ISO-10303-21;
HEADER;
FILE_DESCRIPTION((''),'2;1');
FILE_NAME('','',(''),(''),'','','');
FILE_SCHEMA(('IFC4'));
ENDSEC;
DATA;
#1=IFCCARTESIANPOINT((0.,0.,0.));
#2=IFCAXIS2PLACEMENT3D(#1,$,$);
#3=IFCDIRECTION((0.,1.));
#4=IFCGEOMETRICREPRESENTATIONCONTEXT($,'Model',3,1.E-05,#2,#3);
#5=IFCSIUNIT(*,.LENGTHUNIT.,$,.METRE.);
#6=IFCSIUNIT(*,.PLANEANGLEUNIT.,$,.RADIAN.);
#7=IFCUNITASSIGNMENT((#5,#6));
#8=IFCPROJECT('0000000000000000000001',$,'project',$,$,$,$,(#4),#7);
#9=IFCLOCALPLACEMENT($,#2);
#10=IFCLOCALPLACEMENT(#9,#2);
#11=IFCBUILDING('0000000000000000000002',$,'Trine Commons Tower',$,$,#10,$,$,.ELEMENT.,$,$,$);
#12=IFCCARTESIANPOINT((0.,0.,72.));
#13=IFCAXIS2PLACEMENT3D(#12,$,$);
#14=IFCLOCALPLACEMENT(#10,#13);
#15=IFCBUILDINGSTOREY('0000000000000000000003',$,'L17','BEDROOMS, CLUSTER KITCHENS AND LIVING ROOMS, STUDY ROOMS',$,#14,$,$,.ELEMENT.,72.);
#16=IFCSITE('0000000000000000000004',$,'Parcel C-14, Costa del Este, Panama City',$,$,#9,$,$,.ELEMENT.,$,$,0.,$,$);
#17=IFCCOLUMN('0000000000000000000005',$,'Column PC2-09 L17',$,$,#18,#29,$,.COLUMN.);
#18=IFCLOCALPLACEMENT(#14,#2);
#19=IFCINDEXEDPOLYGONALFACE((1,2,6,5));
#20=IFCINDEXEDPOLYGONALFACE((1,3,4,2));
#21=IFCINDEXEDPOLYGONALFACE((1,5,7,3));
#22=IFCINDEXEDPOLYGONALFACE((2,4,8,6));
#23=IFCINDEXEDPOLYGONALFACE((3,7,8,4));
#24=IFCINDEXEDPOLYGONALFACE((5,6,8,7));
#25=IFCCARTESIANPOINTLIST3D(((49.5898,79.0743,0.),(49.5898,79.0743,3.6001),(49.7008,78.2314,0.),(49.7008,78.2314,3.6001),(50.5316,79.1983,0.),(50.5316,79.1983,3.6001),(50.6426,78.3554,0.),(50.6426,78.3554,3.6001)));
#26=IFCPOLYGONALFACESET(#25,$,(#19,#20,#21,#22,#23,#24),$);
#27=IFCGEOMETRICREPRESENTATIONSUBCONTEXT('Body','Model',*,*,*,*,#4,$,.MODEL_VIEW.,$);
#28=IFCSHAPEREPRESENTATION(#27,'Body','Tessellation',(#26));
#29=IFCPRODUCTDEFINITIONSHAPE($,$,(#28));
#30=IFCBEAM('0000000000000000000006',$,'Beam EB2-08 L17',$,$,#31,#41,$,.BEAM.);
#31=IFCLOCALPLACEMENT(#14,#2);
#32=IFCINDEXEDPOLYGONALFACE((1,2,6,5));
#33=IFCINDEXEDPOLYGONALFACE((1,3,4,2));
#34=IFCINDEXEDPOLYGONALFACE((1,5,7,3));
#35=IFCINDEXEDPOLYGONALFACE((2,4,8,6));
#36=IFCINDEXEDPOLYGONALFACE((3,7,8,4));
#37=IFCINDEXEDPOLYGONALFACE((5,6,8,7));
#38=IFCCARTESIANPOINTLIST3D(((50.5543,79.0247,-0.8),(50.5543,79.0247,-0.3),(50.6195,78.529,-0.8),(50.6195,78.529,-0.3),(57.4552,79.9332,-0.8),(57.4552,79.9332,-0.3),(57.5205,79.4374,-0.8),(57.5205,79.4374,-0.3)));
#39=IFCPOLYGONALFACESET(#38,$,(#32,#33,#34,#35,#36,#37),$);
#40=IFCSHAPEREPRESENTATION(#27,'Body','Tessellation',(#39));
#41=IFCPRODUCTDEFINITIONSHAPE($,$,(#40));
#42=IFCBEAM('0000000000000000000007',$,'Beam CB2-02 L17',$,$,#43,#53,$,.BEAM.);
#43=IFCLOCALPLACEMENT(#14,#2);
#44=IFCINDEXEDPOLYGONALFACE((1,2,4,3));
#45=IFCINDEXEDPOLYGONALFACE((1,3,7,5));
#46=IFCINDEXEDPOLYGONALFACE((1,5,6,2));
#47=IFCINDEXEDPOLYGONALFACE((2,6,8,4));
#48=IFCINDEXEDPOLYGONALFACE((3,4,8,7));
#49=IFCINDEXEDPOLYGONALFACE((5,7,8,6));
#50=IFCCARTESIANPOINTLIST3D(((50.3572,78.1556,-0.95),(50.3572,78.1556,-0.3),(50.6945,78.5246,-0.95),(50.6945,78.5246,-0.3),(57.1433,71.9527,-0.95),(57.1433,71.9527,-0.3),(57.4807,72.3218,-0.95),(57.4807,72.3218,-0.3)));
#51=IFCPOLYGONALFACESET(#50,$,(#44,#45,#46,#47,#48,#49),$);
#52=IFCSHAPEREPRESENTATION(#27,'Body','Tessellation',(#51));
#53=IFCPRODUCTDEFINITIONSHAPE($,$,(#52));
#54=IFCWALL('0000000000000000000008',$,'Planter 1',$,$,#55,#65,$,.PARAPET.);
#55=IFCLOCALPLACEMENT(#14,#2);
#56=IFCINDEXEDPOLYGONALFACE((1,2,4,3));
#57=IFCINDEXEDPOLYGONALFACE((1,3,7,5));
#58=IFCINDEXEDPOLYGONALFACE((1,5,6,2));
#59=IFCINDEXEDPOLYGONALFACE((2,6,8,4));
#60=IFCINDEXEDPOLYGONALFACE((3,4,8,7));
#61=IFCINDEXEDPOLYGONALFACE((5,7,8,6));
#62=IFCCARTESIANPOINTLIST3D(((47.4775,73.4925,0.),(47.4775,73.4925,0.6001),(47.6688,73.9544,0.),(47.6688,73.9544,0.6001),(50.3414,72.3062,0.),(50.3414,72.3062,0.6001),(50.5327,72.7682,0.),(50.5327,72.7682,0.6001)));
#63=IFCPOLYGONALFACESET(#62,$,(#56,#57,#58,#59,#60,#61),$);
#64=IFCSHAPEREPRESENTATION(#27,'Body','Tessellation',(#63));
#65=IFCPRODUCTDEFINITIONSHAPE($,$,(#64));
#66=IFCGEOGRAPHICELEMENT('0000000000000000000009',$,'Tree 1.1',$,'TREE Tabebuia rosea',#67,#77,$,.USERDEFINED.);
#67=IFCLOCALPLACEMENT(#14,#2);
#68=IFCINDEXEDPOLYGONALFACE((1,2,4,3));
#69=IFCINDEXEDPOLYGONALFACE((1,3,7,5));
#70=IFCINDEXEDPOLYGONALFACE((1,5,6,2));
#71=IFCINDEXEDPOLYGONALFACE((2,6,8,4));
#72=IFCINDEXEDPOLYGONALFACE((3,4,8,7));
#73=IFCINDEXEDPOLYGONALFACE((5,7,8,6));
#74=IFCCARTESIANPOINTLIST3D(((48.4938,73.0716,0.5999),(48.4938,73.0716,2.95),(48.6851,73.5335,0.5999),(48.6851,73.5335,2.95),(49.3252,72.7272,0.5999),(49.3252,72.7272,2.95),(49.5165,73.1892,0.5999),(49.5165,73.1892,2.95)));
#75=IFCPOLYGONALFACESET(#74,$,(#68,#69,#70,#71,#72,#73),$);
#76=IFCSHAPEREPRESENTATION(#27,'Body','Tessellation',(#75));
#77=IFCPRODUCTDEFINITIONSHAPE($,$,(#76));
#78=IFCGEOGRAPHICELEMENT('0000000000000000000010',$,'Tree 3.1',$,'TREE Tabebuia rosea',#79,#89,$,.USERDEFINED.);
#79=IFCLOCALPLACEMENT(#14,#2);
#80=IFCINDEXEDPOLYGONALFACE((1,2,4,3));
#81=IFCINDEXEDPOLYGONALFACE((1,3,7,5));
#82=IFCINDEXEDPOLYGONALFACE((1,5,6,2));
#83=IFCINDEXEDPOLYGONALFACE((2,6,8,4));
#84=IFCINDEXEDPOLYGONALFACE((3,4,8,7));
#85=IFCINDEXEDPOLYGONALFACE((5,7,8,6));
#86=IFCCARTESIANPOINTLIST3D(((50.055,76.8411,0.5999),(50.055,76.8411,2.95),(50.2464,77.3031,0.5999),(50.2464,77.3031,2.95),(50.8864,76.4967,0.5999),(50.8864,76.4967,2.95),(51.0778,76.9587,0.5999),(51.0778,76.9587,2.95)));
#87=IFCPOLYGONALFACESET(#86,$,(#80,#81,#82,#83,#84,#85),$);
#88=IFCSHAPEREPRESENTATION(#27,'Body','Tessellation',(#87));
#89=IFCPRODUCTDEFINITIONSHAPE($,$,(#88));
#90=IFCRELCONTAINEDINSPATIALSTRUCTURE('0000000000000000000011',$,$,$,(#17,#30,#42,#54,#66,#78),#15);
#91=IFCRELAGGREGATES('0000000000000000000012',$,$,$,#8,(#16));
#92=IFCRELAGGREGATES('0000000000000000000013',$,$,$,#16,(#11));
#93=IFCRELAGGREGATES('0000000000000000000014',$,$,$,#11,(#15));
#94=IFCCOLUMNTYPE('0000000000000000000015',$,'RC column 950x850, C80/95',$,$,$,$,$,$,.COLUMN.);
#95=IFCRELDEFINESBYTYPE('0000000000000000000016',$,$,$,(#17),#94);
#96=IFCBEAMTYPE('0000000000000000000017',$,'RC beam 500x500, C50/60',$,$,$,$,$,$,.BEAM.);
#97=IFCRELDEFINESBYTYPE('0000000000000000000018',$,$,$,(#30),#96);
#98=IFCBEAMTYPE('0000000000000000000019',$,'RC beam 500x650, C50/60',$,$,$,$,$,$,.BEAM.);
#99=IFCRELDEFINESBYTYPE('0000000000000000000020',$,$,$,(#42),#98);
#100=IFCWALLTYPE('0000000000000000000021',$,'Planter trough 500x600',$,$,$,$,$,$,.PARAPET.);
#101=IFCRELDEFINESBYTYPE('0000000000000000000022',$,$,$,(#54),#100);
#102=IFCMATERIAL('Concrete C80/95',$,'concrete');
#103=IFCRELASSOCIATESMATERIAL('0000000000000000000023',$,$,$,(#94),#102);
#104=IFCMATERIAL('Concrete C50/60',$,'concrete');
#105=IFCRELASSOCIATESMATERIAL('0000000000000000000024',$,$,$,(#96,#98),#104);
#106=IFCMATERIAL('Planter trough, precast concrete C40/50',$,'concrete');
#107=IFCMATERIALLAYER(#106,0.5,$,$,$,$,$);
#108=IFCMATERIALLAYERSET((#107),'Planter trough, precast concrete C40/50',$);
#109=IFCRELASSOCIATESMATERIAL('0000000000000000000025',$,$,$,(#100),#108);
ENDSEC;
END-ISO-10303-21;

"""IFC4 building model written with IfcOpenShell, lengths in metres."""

from ifc_helpers import new_model, si_unit, direction, frame, frame_2d, origin, origin_2d, place, context, subcontext, project, spatial, rectangle, extrude, material, layer, layer_set, material_profile, profile_set, type_object, element, save


model = new_model("IFC4")

# Units and contexts
model_context = context("Model", 3, precision=1e-05, world=origin(), true_north=direction((0.0, 1.0)))
body_context = subcontext(model_context, "Body", "Model", "MODEL_VIEW")
ifc_project = project(units=[si_unit("LENGTHUNIT", "METRE"), si_unit("PLANEANGLEUNIT", "RADIAN")], contexts=[model_context])

# Site, building, storey
site_placement = place(None, origin())
site = spatial("IfcSite", under=ifc_project, at=site_placement, Name="Parcel C-14, Costa del Este, Panama City", CompositionType="ELEMENT", RefElevation=0.0)
building_placement = place(site_placement, origin())
building = spatial("IfcBuilding", under=site, at=building_placement, Name="Trine Commons Tower", CompositionType="ELEMENT")
storey_placement = place(building_placement, frame((0.0, 0.0, 72.0)))
storey = spatial("IfcBuildingStorey", under=building, at=storey_placement, Name="L17", Description="BEDROOMS, CLUSTER KITCHENS AND LIVING ROOMS, STUDY ROOMS", CompositionType="ELEMENT", Elevation=72.0)

# Column
ifc_material_1 = material(Name="Concrete C80/95", Category="concrete")
ifc_material_profile_1 = material_profile(ifc_material_1, rectangle(XDim=0.95, YDim=0.8501, at=origin_2d()), Name="RC 950x850")
ifc_profile_set_1 = profile_set([ifc_material_profile_1], Name="Concrete C80/95")
column_type = type_object("IfcColumnType", Name="RC column 950x850, C80/95", PredefinedType="COLUMN", material=ifc_profile_set_1)
column_placement = place(storey_placement, frame((50.1162, 78.7148, 0.0), z_axis=(0.0, 0.0, 1.0), x_axis=(0.991445, 0.130526, 0.0)))
element("IfcColumn", 1, at=column_placement, inside=storey, type_object=column_type, Name="Column PC2-09 L17", PredefinedType="COLUMN", context=body_context, shape_type="SweptSolid", body=[
    extrude(rectangle(XDim=0.95, YDim=0.8501, at=origin_2d()), origin(), (0.0, 0.0, 1.0), 3.6001),
])

# Beams
ifc_material_2 = material(Name="Concrete C50/60", Category="concrete")
ifc_material_profile_2 = material_profile(ifc_material_2, rectangle(XDim=0.5, YDim=0.5, at=origin_2d()), Name="RC 500x500")
ifc_profile_set_2 = profile_set([ifc_material_profile_2], Name="Concrete C50/60")
beam_type_1 = type_object("IfcBeamType", Name="RC beam 500x500, C50/60", PredefinedType="BEAM", material=ifc_profile_set_2)
beam_1_placement = place(storey_placement, frame((50.5869, 78.7769, -0.55), z_axis=(0.991446, 0.130516, 0.0), x_axis=(-0.130516, 0.991446, 0.0)))
element("IfcBeam", 2, at=beam_1_placement, inside=storey, type_object=beam_type_1, Name="Beam EB2-08 L17", PredefinedType="BEAM", context=body_context, shape_type="SweptSolid", body=[
    extrude(rectangle(XDim=0.5, YDim=0.5, at=origin_2d()), origin(), (0.0, 0.0, 1.0), 6.9604),
])
ifc_material_profile_3 = material_profile(ifc_material_2, rectangle(XDim=0.5, YDim=0.6499, at=origin_2d()), Name="RC 500x650")
ifc_profile_set_3 = profile_set([ifc_material_profile_3], Name="Concrete C50/60")
beam_type_2 = type_object("IfcBeamType", Name="RC beam 500x650, C50/60", PredefinedType="BEAM", material=ifc_profile_set_3)
beam_2_placement = place(storey_placement, frame((50.5259, 78.3401, -0.625), z_axis=(0.738115, -0.674675, 0.0), x_axis=(0.674675, 0.738115, 0.0)))
element("IfcBeam", 3, at=beam_2_placement, inside=storey, type_object=beam_type_2, Name="Beam CB2-02 L17", PredefinedType="BEAM", context=body_context, shape_type="SweptSolid", body=[
    extrude(rectangle(XDim=0.5, YDim=0.6499, at=origin_2d()), origin(), (0.0, 0.0, 1.0), 9.1938),
])

# Wall
ifc_material_3 = material(Name="Planter trough, precast concrete C40/50", Category="concrete")
ifc_layer = layer(ifc_material_3, 0.5)
ifc_layer_set = layer_set([ifc_layer], Name="Planter trough, precast concrete C40/50")
wall_type = type_object("IfcWallType", Name="Planter trough 500x600", PredefinedType="PARAPET", material=ifc_layer_set)
wall_placement = place(storey_placement, frame((47.5732, 73.7234, 0.0), z_axis=(0.0, 0.0, 1.0), x_axis=(0.923883, -0.382674, 0.0)))
element("IfcWall", 4, at=wall_placement, inside=storey, type_object=wall_type, Name="Planter 1", PredefinedType="PARAPET", context=body_context, shape_type="SweptSolid", body=[
    extrude(rectangle(XDim=3.0999, YDim=0.5, at=frame_2d((1.5498, 0.0))), origin(), (0.0, 0.0, 1.0), 0.6001),
])

# Geographic elements
for number, where, z_axis, x_axis, name in (
    (5, (49.0051, 73.1304, 0.5999), (0.0, 0.0, 1.0), (0.923886, -0.382669, 0.0), "Tree 1.1"),
    (6, (50.5664, 76.8999, 0.5999), (0.0, 0.0, 1.0), (-0.923886, 0.382669, 0.0), "Tree 3.1"),
):
    element("IfcGeographicElement", number, at=place(storey_placement, frame(where, z_axis=z_axis, x_axis=x_axis)), inside=storey, Name=name, ObjectType="TREE Tabebuia rosea", PredefinedType="USERDEFINED", context=body_context, shape_type="SweptSolid", body=[
        extrude(rectangle(XDim=0.8999, YDim=0.5, at=origin_2d()), origin(), (0.0, 0.0, 1.0), 2.3501),
    ])

save(model, "model.ifc")
